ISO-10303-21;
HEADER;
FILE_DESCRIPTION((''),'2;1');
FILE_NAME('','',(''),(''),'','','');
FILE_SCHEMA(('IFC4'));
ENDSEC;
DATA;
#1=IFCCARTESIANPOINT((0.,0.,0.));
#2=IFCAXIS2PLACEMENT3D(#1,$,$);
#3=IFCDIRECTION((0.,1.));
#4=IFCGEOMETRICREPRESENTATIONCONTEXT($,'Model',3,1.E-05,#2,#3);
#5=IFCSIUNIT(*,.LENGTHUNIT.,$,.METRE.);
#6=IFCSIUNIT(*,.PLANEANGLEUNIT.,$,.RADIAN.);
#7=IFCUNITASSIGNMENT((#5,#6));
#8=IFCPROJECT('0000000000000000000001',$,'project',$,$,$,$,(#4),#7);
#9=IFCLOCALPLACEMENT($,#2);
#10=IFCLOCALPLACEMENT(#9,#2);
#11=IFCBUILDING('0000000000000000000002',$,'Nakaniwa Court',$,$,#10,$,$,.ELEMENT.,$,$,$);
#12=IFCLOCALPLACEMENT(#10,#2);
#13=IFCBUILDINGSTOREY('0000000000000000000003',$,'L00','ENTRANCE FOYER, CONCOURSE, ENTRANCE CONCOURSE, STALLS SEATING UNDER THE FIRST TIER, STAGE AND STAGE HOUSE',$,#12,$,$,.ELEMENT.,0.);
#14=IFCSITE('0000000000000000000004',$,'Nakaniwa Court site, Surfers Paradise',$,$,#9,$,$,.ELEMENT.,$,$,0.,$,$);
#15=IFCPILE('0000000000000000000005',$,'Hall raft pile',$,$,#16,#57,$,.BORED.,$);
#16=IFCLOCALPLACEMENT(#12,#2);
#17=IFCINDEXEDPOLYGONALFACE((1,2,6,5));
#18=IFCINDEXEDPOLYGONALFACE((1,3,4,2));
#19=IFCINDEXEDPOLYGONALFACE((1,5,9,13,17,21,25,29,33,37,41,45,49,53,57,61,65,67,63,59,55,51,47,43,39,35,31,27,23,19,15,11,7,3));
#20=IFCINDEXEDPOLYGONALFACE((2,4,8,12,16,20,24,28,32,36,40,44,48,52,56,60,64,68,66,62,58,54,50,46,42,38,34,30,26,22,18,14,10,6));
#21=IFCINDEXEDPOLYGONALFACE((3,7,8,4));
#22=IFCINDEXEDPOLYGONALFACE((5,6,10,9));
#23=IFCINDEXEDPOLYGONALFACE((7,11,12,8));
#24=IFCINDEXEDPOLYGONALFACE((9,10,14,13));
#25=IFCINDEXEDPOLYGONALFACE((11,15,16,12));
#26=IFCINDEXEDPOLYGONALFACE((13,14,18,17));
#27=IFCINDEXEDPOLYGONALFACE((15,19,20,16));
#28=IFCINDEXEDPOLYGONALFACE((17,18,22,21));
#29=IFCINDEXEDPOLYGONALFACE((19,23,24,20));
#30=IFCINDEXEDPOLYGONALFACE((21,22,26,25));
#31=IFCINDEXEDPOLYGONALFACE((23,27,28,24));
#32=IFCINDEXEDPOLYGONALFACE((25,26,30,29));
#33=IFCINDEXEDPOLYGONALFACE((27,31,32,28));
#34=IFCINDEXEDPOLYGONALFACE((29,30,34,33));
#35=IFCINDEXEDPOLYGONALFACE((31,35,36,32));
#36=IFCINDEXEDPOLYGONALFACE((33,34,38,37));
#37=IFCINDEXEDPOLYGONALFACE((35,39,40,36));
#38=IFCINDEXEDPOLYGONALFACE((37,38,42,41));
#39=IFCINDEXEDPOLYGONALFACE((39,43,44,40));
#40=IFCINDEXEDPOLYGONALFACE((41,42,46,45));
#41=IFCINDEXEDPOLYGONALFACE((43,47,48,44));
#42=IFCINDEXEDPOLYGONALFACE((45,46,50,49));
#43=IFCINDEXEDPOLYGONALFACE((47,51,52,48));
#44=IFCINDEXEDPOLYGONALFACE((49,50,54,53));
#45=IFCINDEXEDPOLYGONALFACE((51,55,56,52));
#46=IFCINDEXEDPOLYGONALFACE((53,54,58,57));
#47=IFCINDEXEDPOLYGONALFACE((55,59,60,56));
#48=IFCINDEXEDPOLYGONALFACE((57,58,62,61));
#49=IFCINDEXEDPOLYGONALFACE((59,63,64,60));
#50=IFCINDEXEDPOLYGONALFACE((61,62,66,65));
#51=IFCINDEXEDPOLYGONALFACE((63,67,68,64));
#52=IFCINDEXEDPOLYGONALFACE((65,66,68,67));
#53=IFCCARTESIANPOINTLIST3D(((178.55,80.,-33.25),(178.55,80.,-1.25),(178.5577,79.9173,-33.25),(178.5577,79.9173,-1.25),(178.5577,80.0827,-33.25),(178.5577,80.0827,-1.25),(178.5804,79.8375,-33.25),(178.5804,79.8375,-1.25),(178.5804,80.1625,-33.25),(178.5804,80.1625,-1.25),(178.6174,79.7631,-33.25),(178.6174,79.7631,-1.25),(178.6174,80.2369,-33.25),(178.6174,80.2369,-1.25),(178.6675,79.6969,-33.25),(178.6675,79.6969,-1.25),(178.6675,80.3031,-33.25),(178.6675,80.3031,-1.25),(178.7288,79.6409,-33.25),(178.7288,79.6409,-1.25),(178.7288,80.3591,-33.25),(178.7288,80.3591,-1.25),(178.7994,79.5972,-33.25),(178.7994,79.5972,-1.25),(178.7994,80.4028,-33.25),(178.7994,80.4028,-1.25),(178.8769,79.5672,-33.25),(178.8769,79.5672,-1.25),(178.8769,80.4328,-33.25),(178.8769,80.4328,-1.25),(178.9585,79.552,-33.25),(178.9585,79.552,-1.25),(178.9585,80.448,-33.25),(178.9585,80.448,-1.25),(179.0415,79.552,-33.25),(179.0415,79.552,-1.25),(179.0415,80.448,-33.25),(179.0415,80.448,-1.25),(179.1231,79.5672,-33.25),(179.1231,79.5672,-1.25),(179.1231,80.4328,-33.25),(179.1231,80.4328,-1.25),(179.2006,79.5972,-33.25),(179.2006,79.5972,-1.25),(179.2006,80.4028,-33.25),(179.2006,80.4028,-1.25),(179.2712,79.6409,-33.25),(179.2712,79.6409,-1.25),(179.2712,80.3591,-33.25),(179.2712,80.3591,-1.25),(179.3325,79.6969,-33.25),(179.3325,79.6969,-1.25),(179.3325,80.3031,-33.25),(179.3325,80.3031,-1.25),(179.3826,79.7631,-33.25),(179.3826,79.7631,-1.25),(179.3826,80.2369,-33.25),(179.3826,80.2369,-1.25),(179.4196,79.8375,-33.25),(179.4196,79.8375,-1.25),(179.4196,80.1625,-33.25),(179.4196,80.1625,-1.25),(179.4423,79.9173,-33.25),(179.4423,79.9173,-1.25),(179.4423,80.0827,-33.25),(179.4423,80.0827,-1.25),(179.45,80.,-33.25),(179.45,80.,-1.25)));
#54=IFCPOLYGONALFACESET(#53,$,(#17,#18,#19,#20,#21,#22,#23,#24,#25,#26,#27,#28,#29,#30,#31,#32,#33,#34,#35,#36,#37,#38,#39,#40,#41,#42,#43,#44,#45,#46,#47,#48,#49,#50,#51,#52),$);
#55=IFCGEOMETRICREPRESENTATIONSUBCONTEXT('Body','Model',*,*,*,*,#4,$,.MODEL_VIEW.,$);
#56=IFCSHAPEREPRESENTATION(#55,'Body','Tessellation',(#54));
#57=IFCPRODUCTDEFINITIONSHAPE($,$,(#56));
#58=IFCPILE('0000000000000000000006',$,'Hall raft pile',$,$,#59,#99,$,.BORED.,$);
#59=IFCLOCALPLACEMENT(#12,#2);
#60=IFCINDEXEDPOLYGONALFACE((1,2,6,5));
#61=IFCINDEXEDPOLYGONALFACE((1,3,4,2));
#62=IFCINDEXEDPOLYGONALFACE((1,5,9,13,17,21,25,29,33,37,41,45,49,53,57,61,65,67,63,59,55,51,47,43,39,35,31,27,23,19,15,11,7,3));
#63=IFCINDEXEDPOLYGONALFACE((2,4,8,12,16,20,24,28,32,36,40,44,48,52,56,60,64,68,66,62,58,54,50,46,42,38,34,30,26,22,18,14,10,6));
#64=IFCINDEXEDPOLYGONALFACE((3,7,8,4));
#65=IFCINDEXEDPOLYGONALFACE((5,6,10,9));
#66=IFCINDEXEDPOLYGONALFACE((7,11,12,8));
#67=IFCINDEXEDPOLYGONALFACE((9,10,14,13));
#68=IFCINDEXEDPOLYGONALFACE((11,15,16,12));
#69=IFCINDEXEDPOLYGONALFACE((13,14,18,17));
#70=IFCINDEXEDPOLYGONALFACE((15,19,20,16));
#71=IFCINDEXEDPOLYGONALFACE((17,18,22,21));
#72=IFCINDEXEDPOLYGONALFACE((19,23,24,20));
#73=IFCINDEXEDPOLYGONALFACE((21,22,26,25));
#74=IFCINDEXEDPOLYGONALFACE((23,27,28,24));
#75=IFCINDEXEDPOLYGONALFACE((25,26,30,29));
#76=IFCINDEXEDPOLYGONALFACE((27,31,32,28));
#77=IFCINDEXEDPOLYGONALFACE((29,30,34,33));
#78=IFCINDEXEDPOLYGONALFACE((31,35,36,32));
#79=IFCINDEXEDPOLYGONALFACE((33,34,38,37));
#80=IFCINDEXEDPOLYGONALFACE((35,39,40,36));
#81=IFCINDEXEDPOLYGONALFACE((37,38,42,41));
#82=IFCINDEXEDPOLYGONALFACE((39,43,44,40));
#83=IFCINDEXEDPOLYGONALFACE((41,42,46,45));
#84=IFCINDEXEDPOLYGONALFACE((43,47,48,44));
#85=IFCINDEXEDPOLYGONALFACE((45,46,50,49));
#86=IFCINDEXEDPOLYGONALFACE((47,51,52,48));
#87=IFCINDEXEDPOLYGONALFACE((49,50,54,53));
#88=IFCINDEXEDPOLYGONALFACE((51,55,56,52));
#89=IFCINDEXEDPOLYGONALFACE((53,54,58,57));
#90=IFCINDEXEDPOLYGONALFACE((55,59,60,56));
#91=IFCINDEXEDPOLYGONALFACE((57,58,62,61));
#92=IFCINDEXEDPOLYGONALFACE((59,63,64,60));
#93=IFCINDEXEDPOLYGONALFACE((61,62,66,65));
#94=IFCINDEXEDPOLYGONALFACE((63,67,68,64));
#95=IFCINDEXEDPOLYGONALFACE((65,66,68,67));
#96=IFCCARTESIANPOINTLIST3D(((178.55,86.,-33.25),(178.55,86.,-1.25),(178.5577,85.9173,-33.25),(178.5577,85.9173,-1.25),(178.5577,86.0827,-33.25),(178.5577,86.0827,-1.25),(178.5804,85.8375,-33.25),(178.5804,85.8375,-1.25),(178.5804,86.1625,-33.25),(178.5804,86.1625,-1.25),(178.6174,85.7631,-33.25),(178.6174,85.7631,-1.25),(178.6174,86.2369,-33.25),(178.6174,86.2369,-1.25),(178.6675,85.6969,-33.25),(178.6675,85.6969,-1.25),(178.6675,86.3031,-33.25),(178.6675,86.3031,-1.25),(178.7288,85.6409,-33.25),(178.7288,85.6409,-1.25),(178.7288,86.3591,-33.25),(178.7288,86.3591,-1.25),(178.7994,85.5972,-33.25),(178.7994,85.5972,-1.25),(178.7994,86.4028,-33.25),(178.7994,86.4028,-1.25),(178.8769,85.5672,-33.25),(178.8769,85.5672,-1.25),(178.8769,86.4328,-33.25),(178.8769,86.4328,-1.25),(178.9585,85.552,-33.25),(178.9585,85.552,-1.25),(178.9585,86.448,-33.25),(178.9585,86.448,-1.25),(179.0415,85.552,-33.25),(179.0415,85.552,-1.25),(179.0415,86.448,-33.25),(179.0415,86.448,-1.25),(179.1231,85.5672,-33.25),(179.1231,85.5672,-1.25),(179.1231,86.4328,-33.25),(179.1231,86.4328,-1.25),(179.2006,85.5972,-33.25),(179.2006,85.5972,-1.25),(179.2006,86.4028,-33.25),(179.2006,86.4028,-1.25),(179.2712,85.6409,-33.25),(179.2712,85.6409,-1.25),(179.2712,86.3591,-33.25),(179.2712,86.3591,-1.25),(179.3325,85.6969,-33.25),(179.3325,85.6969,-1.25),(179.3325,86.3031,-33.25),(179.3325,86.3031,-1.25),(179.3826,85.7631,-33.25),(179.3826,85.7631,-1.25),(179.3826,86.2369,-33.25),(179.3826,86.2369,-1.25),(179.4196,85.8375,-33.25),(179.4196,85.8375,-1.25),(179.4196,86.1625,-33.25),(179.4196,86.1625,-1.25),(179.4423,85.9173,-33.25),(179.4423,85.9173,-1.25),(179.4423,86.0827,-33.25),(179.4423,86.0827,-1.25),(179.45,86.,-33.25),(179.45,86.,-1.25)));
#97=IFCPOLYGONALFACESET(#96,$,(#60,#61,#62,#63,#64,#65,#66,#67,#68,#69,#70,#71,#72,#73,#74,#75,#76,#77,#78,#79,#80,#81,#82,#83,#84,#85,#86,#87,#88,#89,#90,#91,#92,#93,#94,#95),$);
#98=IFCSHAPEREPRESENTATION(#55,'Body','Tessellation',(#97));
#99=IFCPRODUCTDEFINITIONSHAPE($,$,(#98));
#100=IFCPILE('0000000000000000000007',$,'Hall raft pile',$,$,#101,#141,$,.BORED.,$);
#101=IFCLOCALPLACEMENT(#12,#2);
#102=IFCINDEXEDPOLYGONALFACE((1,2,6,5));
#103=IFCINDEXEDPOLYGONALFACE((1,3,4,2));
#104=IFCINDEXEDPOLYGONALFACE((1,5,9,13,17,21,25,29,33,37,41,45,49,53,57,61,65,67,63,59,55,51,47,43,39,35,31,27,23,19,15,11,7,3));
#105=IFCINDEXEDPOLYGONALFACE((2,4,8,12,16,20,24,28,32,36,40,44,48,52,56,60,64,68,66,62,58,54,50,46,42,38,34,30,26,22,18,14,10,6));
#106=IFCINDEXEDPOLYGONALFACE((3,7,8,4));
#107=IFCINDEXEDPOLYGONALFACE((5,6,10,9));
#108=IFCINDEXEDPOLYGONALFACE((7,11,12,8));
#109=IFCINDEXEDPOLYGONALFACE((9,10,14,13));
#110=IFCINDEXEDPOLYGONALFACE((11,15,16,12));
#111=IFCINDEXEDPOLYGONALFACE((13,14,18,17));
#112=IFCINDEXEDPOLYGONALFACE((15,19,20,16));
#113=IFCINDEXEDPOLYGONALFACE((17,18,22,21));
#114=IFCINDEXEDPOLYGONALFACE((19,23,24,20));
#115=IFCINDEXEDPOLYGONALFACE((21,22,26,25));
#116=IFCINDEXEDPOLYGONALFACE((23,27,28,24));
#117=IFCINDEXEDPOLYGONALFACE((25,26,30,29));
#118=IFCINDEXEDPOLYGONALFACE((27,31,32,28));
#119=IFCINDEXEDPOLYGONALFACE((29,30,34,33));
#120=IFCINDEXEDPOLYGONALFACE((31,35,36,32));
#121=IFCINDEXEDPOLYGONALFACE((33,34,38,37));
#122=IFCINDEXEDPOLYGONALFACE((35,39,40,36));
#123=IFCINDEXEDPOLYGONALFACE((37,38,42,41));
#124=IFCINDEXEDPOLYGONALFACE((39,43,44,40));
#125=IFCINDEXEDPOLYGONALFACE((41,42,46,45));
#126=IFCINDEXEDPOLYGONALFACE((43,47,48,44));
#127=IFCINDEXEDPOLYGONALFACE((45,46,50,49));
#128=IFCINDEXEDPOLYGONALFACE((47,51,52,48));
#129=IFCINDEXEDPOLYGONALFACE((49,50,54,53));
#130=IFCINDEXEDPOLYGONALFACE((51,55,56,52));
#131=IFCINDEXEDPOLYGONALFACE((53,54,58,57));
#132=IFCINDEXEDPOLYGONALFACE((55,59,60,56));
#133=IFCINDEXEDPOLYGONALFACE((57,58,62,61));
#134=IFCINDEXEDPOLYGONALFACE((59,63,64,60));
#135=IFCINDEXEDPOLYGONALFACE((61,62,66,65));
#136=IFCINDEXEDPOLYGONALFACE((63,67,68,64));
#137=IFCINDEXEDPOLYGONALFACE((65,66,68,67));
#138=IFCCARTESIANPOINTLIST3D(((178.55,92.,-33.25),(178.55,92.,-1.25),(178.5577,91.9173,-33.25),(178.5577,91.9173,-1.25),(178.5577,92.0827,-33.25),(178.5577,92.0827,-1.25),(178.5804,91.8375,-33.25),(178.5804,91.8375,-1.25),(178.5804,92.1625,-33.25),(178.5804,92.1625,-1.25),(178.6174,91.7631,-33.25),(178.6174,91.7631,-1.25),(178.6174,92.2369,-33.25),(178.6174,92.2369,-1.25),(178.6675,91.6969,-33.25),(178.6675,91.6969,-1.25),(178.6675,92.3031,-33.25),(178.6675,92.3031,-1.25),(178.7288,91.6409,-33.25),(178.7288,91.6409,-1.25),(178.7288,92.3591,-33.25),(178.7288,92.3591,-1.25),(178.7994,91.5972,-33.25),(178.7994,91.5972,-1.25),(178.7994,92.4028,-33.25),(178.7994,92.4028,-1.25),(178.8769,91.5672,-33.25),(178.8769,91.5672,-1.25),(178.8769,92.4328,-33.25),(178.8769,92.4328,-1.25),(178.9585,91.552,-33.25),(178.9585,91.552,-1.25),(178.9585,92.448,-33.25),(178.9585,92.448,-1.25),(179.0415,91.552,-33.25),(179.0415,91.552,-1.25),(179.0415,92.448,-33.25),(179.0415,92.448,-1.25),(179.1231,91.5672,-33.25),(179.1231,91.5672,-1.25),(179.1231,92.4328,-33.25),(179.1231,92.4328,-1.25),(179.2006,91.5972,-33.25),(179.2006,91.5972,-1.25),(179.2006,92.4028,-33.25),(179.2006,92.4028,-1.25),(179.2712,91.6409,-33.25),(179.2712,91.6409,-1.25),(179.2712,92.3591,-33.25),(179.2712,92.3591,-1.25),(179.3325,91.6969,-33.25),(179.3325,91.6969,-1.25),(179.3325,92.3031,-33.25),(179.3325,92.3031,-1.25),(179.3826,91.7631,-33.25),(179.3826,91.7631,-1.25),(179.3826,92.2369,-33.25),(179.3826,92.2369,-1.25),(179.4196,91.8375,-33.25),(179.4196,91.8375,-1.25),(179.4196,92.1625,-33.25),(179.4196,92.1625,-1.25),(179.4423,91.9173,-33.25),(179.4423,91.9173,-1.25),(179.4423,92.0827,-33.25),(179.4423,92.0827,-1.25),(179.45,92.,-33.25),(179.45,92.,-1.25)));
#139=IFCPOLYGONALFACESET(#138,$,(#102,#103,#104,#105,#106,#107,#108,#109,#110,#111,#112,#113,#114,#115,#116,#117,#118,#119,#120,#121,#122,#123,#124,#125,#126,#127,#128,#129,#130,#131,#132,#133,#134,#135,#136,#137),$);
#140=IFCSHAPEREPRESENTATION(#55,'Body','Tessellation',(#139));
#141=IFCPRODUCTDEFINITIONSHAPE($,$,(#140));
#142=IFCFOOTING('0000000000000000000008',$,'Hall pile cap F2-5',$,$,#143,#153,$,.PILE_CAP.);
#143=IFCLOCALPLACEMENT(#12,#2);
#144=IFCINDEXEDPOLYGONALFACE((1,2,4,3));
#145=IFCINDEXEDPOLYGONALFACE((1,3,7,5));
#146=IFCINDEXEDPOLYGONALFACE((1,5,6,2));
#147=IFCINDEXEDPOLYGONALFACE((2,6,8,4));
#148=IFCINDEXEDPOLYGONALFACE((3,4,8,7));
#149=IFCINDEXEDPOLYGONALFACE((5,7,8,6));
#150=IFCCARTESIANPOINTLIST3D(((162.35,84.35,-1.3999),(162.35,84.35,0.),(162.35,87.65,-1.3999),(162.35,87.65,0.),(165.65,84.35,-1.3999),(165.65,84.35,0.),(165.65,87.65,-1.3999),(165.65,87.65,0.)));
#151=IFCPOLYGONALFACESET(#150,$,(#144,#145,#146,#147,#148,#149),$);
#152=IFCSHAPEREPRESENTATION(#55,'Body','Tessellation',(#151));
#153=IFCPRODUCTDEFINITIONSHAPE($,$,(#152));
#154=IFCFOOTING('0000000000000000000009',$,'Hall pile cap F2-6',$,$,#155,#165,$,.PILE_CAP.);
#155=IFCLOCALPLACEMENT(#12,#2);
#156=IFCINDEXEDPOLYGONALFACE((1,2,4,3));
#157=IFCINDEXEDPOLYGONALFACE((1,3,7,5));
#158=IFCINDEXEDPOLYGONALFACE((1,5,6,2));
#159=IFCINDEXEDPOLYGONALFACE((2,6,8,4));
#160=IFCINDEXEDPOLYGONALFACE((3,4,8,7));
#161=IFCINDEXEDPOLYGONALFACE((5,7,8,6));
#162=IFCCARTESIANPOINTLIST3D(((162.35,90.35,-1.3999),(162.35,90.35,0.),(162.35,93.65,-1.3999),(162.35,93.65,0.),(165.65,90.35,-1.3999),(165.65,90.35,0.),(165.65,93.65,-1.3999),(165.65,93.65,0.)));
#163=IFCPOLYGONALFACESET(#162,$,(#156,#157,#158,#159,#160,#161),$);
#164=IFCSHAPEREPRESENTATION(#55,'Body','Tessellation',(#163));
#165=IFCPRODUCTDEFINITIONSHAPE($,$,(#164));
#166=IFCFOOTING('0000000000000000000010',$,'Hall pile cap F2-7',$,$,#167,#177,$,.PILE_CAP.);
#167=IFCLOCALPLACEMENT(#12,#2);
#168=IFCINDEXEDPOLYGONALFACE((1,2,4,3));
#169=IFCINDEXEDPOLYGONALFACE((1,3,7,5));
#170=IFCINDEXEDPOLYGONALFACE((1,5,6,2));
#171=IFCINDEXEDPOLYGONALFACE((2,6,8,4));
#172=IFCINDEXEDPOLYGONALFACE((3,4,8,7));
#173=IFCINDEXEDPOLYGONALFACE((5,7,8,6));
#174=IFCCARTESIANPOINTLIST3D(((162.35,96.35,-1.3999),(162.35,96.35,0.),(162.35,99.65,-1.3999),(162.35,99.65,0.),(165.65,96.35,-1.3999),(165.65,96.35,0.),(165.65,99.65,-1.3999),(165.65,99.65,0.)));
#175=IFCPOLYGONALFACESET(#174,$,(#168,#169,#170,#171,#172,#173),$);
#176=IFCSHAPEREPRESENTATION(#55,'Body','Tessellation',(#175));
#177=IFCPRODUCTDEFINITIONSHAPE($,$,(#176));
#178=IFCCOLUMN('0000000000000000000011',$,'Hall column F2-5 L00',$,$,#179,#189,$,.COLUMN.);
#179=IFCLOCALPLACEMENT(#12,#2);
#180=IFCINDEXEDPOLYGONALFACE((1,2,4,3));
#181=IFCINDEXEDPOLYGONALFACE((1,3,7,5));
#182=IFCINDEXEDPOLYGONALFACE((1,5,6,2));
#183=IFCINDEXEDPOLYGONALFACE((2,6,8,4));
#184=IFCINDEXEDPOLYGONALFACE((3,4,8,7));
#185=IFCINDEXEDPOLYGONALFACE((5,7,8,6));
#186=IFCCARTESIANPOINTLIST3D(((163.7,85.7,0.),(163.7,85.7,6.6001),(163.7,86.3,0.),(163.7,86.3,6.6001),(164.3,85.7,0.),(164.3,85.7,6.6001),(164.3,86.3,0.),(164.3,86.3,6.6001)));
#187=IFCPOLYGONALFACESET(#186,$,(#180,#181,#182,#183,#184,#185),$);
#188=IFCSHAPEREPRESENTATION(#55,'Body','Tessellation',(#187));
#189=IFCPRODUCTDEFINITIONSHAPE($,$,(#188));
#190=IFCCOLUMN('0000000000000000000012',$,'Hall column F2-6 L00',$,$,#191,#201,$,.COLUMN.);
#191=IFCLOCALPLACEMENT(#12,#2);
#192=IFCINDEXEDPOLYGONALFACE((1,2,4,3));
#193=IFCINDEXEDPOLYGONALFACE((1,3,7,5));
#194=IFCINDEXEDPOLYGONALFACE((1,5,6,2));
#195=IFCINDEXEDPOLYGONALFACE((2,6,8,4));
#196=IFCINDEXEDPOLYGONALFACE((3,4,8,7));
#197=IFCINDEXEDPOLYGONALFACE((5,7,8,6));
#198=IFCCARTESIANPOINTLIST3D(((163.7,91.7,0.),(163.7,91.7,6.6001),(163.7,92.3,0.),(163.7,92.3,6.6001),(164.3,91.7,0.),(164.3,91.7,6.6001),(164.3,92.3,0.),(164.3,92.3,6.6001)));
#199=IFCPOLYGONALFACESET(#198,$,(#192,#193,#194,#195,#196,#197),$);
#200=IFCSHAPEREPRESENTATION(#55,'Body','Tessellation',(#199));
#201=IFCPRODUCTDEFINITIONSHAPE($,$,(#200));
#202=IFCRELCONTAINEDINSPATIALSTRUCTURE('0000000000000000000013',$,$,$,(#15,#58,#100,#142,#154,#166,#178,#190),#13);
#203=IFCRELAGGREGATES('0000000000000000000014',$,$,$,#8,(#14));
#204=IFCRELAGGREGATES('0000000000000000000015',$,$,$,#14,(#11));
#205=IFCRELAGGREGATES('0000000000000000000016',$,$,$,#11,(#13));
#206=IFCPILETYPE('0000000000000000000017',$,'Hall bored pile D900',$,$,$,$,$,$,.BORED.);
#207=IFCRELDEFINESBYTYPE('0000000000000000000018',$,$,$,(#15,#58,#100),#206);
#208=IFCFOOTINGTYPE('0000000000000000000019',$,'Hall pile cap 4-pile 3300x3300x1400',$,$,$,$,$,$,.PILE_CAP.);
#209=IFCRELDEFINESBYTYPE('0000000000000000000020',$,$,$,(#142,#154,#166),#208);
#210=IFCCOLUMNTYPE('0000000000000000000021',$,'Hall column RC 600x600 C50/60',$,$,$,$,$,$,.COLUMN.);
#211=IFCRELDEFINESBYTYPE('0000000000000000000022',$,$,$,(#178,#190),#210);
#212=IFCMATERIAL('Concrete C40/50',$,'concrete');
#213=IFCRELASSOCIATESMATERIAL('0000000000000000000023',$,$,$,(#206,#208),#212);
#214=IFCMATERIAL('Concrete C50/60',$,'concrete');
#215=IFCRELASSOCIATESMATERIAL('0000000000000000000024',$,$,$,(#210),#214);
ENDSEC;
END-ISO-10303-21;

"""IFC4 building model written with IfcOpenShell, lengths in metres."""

from ifc_helpers import new_model, si_unit, direction, frame, origin, origin_2d, place, context, subcontext, project, spatial, rectangle, circle, extrude, material, material_profile, profile_set, type_object, element, save


model = new_model("IFC4")

# Units and contexts
model_context = context("Model", 3, precision=1e-05, world=origin(), true_north=direction((0.0, 1.0)))
body_context = subcontext(model_context, "Body", "Model", "MODEL_VIEW")
ifc_project = project(units=[si_unit("LENGTHUNIT", "METRE"), si_unit("PLANEANGLEUNIT", "RADIAN")], contexts=[model_context])

# Site, building, storey
site_placement = place(None, origin())
site = spatial("IfcSite", under=ifc_project, at=site_placement, Name="Nakaniwa Court site, Surfers Paradise", CompositionType="ELEMENT", RefElevation=0.0)
building_placement = place(site_placement, origin())
building = spatial("IfcBuilding", under=site, at=building_placement, Name="Nakaniwa Court", CompositionType="ELEMENT")
storey_placement = place(building_placement, origin())
storey = spatial("IfcBuildingStorey", under=building, at=storey_placement, Name="L00", Description="ENTRANCE FOYER, CONCOURSE, ENTRANCE CONCOURSE, STALLS SEATING UNDER THE FIRST TIER, STAGE AND STAGE HOUSE", CompositionType="ELEMENT", Elevation=0.0)

# Piles
ifc_material_1 = material(Name="Concrete C40/50", Category="concrete")
ifc_material_profile_1 = material_profile(ifc_material_1, circle(Radius=0.45, at=origin_2d()), Name="Bored pile D900")
ifc_profile_set_1 = profile_set([ifc_material_profile_1], Name="Concrete C40/50")
pile_type = type_object("IfcPileType", Name="Hall bored pile D900", PredefinedType="BORED", material=ifc_profile_set_1)
for number, where, z_axis, x_axis, name in (
    (1, (179.0, 80.0, -1.25), (0.0, 0.0, -1.0), (1.0, 0.0, 0.0), "Hall raft pile"),
    (2, (179.0, 86.0, -1.25), (0.0, 0.0, -1.0), (1.0, 0.0, 0.0), "Hall raft pile"),
    (3, (179.0, 92.0, -1.25), (0.0, 0.0, -1.0), (1.0, 0.0, 0.0), "Hall raft pile"),
):
    element("IfcPile", number, at=place(storey_placement, frame(where, z_axis=z_axis, x_axis=x_axis)), inside=storey, type_object=pile_type, Name=name, PredefinedType="BORED", context=body_context, shape_type="SweptSolid", body=[
        extrude(circle(Radius=0.45, at=origin_2d()), origin(), (0.0, 0.0, 1.0), 32.0),
    ])

# Footings
footing_type = type_object("IfcFootingType", Name="Hall pile cap 4-pile 3300x3300x1400", PredefinedType="PILE_CAP", material=ifc_material_1)
for number, where, z_axis, x_axis, name in (
    (4, (164.0, 86.0, -1.3999), (0.0, 0.0, 1.0), (1.0, 0.0, 0.0), "Hall pile cap F2-5"),
    (5, (164.0, 92.0, -1.3999), (0.0, 0.0, 1.0), (1.0, 0.0, 0.0), "Hall pile cap F2-6"),
    (6, (164.0, 98.0, -1.3999), (0.0, 0.0, 1.0), (1.0, 0.0, 0.0), "Hall pile cap F2-7"),
):
    element("IfcFooting", number, at=place(storey_placement, frame(where, z_axis=z_axis, x_axis=x_axis)), inside=storey, type_object=footing_type, Name=name, PredefinedType="PILE_CAP", context=body_context, shape_type="SweptSolid", body=[
        extrude(rectangle(XDim=3.3, YDim=3.3, at=origin_2d()), origin(), (0.0, 0.0, 1.0), 1.3999),
    ])

# Columns
ifc_material_2 = material(Name="Concrete C50/60", Category="concrete")
ifc_material_profile_2 = material_profile(ifc_material_2, rectangle(XDim=0.6001, YDim=0.6001, at=origin_2d()), Name="RC 600x600")
ifc_profile_set_2 = profile_set([ifc_material_profile_2], Name="Concrete C50/60")
column_type = type_object("IfcColumnType", Name="Hall column RC 600x600 C50/60", PredefinedType="COLUMN", material=ifc_profile_set_2)
for number, where, z_axis, x_axis, name in (
    (7, (164.0, 86.0, 0.0), (0.0, 0.0, 1.0), (1.0, 0.0, 0.0), "Hall column F2-5 L00"),
    (8, (164.0, 92.0, 0.0), (0.0, 0.0, 1.0), (1.0, 0.0, 0.0), "Hall column F2-6 L00"),
):
    element("IfcColumn", number, at=place(storey_placement, frame(where, z_axis=z_axis, x_axis=x_axis)), inside=storey, type_object=column_type, Name=name, PredefinedType="COLUMN", context=body_context, shape_type="SweptSolid", body=[
        extrude(rectangle(XDim=0.6001, YDim=0.6001, at=origin_2d()), origin(), (0.0, 0.0, 1.0), 6.6001),
    ])

save(model, "model.ifc")
